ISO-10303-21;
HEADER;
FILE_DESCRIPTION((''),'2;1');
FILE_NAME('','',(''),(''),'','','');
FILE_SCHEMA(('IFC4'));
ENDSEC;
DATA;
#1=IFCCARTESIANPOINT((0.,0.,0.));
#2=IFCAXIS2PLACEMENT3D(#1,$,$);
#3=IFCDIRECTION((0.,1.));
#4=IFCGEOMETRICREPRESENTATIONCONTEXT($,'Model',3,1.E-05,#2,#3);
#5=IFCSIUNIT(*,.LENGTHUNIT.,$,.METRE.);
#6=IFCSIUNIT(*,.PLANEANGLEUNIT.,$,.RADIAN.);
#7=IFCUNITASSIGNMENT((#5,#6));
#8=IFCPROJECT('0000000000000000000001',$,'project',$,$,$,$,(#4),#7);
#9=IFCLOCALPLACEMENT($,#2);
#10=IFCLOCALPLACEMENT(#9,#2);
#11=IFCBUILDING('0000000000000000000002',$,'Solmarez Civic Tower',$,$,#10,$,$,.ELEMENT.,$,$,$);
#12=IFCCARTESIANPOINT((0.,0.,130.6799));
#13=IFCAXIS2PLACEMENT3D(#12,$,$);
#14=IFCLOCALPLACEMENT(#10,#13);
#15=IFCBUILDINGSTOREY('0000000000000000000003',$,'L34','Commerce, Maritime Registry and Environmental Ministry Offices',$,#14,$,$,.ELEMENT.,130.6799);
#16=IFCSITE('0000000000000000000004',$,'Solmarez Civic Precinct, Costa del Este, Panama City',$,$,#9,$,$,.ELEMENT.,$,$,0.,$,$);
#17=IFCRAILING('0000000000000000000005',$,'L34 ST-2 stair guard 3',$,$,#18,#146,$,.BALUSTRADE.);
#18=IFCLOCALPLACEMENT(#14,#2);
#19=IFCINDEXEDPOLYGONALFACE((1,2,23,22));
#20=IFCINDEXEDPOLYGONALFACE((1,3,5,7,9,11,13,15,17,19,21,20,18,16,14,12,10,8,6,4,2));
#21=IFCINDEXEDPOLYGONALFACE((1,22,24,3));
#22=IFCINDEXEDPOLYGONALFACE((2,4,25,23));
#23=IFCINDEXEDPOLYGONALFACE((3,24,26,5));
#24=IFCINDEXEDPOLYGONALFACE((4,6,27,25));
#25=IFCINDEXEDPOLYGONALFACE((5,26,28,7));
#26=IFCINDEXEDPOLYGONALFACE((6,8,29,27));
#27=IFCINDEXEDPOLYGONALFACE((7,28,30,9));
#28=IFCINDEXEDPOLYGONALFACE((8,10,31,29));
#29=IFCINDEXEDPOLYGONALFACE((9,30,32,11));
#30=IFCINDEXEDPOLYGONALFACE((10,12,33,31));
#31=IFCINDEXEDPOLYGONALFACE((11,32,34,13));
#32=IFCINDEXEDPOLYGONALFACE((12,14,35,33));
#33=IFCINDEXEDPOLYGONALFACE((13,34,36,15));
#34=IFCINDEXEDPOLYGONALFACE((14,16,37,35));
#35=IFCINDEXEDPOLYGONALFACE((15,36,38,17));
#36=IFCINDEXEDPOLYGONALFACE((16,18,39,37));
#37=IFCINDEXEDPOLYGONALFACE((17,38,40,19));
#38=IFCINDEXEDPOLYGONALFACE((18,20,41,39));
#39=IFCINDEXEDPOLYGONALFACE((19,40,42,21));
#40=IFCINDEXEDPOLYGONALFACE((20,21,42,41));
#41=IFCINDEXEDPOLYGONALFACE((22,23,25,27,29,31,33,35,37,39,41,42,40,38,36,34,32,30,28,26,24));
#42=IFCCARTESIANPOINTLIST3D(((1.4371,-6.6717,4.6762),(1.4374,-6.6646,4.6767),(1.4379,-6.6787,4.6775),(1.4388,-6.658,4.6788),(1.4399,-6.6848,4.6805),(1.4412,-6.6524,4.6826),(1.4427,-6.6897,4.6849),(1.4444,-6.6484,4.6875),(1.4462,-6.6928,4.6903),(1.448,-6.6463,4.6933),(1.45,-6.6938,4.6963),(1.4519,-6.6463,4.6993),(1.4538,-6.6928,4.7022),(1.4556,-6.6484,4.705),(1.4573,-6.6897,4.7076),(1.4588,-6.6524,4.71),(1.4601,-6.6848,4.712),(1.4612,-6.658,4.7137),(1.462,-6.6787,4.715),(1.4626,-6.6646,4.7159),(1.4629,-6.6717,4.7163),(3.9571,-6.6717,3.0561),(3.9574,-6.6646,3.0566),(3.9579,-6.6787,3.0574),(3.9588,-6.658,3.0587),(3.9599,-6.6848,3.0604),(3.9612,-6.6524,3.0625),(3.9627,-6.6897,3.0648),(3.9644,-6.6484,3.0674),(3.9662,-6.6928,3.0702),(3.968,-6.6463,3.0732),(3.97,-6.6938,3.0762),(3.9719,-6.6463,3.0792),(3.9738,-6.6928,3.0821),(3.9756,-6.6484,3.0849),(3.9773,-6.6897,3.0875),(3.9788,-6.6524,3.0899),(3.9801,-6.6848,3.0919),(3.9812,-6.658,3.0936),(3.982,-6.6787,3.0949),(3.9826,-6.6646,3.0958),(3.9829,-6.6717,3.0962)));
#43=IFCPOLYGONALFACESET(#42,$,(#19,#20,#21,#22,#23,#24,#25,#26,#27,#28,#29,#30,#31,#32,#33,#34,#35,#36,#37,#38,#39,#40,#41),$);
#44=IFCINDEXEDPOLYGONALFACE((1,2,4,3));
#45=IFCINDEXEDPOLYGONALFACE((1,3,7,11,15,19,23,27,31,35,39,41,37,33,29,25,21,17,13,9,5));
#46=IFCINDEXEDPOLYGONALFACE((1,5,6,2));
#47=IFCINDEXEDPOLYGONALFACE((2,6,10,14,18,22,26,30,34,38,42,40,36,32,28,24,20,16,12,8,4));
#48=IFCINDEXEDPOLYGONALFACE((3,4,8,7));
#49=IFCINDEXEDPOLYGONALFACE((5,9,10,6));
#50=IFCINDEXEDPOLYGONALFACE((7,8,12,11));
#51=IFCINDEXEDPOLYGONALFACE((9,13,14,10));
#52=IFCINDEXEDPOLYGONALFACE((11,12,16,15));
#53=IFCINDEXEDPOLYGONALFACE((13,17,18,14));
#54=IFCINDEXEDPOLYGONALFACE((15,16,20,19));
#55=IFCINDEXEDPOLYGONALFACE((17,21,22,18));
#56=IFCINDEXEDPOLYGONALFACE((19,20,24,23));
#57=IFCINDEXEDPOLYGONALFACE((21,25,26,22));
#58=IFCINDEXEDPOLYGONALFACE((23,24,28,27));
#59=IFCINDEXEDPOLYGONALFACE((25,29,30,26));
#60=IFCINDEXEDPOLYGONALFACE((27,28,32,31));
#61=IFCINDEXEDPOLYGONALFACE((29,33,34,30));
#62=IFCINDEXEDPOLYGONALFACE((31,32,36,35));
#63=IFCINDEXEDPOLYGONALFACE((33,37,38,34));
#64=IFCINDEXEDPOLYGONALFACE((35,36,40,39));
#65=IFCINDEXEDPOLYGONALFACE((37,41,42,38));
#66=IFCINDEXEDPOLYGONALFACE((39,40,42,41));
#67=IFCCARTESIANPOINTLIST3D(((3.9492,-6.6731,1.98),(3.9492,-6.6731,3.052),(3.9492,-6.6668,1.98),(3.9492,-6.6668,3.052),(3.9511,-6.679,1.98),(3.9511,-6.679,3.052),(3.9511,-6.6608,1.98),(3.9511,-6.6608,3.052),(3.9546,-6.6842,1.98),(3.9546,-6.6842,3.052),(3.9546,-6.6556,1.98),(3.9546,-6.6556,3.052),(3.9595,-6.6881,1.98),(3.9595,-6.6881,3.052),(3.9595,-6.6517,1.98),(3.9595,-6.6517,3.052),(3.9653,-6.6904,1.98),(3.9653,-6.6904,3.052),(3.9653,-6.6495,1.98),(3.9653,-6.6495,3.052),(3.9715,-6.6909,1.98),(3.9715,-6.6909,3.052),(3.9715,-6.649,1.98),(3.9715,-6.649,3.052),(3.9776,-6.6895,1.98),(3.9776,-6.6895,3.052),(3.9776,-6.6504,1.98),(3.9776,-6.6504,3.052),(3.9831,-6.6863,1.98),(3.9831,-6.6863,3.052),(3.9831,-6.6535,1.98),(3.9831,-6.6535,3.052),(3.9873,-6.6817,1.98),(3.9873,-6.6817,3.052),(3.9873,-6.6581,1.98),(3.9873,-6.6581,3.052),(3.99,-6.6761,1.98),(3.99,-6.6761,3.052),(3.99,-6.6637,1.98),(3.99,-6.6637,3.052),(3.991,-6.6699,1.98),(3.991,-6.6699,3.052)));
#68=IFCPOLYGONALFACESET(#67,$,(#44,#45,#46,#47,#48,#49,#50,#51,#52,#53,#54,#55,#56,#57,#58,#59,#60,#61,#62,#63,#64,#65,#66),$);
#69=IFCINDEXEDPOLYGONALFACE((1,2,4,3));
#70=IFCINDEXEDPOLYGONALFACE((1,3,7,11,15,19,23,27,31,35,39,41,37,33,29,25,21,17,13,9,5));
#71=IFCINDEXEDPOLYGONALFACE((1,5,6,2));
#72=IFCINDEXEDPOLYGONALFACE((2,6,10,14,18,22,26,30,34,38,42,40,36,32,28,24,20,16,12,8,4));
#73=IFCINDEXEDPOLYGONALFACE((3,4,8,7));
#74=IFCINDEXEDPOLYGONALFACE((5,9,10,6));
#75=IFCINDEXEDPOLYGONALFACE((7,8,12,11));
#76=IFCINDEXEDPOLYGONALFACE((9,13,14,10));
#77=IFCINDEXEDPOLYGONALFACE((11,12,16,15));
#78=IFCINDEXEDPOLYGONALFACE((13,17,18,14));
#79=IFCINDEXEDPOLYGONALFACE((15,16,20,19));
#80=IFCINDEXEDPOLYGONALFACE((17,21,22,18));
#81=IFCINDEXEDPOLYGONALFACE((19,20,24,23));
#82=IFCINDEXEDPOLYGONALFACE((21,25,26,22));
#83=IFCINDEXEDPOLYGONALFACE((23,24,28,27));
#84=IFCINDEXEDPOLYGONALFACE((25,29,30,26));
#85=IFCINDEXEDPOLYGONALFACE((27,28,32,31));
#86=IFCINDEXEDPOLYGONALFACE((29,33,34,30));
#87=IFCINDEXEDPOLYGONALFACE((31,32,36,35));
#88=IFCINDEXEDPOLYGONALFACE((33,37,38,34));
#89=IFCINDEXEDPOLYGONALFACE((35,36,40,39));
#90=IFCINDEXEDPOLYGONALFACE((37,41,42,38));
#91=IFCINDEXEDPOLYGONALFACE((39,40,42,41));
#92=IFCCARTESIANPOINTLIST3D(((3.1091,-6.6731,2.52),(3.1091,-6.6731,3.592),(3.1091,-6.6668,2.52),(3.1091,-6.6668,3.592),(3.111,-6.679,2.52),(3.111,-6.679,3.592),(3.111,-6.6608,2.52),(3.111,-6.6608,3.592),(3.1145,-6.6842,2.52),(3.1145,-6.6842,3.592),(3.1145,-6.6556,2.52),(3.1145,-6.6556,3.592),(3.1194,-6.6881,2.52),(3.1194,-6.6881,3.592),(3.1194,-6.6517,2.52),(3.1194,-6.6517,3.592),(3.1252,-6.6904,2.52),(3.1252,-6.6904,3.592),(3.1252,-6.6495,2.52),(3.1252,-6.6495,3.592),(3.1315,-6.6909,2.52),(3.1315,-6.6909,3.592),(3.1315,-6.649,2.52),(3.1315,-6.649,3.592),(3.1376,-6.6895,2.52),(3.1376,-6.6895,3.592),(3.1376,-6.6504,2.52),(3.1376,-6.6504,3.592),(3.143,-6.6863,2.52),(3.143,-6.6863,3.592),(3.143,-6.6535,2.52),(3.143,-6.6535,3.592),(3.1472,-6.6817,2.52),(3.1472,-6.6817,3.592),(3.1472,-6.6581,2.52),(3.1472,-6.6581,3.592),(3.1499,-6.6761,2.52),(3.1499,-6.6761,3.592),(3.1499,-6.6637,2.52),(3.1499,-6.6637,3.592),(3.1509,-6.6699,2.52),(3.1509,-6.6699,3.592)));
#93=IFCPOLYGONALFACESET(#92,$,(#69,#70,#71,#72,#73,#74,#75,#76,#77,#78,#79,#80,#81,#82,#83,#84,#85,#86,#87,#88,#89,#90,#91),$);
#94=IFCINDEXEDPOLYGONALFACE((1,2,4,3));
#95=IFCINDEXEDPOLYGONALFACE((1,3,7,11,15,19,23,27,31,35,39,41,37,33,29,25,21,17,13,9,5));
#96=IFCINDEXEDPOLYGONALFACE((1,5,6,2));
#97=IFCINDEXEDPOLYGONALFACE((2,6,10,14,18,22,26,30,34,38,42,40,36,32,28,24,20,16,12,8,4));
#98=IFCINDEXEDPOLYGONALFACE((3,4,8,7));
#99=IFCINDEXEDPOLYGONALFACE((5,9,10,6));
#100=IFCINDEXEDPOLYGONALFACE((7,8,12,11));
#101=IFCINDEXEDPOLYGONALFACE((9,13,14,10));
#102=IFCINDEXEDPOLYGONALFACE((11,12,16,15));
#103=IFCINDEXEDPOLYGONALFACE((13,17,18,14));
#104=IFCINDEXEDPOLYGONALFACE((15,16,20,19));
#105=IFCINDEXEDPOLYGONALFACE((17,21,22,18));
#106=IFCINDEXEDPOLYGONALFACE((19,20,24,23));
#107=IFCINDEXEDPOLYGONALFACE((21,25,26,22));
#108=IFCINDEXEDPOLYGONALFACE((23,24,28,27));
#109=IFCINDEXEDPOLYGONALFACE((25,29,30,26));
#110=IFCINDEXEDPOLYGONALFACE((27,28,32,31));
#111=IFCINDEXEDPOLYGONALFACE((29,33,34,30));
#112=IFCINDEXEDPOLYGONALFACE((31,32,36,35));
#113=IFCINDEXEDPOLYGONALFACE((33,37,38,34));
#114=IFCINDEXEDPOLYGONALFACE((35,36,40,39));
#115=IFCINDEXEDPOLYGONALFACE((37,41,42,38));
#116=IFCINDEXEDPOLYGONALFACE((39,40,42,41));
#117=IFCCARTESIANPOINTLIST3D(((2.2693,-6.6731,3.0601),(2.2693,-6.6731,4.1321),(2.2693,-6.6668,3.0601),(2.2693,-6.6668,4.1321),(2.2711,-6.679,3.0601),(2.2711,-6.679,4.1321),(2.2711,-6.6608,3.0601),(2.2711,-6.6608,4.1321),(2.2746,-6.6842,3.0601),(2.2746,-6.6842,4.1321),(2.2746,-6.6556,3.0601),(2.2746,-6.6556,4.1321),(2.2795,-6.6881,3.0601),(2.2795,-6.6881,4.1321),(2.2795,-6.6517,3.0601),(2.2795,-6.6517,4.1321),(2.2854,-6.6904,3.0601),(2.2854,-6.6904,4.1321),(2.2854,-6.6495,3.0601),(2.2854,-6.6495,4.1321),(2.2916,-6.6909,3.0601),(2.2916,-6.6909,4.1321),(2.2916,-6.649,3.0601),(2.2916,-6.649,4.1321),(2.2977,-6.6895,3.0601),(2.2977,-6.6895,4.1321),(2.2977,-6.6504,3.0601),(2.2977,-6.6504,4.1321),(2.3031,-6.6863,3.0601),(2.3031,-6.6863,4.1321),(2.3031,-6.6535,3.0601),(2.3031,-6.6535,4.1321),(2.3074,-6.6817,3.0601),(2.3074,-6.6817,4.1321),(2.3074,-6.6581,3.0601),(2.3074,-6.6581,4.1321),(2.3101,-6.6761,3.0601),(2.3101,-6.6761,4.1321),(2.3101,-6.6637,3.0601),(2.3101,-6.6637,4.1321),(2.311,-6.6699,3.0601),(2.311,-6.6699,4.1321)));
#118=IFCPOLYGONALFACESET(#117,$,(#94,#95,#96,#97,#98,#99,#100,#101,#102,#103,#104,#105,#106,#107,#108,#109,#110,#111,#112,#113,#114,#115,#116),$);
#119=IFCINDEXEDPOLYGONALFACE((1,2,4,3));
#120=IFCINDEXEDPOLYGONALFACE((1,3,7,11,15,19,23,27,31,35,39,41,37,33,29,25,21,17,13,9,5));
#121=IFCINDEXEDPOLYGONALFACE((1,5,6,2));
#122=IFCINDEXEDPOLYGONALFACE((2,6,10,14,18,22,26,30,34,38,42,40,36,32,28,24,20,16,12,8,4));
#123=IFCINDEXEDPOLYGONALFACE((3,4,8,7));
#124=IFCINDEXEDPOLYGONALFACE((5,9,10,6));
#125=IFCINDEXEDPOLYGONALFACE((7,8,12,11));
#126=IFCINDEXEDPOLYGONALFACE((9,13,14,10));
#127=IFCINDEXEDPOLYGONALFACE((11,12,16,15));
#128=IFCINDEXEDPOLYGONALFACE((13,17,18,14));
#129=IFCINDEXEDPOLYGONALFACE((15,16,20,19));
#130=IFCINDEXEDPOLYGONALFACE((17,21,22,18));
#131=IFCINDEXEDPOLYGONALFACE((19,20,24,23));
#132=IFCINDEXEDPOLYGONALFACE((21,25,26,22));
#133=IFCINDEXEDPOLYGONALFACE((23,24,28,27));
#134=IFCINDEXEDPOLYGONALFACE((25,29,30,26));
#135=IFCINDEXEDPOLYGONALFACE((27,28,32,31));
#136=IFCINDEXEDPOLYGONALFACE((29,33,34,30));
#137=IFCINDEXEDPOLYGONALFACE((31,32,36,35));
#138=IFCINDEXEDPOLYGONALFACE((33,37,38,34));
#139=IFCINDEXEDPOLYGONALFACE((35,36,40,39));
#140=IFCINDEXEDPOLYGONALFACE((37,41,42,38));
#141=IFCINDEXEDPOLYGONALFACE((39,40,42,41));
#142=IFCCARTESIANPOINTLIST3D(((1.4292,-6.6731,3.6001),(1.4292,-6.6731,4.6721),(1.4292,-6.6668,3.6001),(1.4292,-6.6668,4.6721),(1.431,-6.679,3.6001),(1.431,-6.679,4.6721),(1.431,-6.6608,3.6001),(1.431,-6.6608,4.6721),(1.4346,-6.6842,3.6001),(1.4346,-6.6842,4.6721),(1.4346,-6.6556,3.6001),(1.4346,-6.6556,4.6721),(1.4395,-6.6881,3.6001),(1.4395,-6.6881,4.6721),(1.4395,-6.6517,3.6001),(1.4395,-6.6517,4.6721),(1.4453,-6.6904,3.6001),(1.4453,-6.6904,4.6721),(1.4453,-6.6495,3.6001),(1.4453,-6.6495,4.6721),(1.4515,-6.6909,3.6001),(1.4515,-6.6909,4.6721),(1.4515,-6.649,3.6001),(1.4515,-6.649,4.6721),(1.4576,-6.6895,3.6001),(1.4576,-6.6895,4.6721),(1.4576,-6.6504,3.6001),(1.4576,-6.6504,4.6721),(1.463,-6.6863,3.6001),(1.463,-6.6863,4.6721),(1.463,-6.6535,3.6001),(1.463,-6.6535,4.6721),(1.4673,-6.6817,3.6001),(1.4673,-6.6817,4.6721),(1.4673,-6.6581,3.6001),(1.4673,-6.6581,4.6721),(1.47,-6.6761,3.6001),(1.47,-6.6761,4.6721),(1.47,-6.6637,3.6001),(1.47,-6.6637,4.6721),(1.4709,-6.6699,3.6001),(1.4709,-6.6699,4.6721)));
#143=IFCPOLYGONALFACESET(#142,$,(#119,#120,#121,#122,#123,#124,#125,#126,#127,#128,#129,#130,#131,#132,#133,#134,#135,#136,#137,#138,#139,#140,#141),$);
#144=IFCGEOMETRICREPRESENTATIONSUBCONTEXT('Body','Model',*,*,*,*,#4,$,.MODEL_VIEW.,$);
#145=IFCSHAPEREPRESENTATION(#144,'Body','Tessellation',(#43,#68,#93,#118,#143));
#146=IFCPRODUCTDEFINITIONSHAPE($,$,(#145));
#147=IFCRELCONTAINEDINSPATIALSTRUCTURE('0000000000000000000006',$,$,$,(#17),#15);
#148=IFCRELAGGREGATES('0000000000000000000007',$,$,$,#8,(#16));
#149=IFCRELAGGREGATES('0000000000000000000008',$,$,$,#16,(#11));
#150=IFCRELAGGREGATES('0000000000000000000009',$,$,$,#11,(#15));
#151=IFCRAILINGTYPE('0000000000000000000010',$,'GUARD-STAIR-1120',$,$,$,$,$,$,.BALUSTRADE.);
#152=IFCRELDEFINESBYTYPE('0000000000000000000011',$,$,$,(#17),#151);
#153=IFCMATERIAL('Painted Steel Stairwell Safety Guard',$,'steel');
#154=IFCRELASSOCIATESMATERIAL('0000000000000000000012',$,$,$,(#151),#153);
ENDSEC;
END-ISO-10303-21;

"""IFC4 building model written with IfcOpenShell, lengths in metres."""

from ifc_helpers import new_model, si_unit, direction, frame, origin, origin_2d, place, context, subcontext, project, spatial, circle, extrude, material, type_object, element, save


model = new_model("IFC4")

# Units and contexts
model_context = context("Model", 3, precision=1e-05, world=origin(), true_north=direction((0.0, 1.0)))
body_context = subcontext(model_context, "Body", "Model", "MODEL_VIEW")
ifc_project = project(units=[si_unit("LENGTHUNIT", "METRE"), si_unit("PLANEANGLEUNIT", "RADIAN")], contexts=[model_context])

# Site, building, storey
site_placement = place(None, origin())
site = spatial("IfcSite", under=ifc_project, at=site_placement, Name="Solmarez Civic Precinct, Costa del Este, Panama City", CompositionType="ELEMENT", RefElevation=0.0)
building_placement = place(site_placement, origin())
building = spatial("IfcBuilding", under=site, at=building_placement, Name="Solmarez Civic Tower", CompositionType="ELEMENT")
storey_placement = place(building_placement, frame((0.0, 0.0, 130.6799)))
storey = spatial("IfcBuildingStorey", under=building, at=storey_placement, Name="L34", Description="Commerce, Maritime Registry and Environmental Ministry Offices", CompositionType="ELEMENT", Elevation=130.6799)

# Railing
ifc_material_1 = material(Name="Painted Steel Stairwell Safety Guard", Category="steel")
railing_type_1 = type_object("IfcRailingType", Name="GUARD-STAIR-1120", PredefinedType="BALUSTRADE", material=ifc_material_1)
railing_1_placement = place(storey_placement, frame((3.97, -6.6699, 1.98)))
element("IfcRailing", 1, at=railing_1_placement, inside=storey, type_object=railing_type_1, Name="L34 ST-2 stair guard 3", PredefinedType="BALUSTRADE", context=body_context, shape_type="SweptSolid", body=[
    extrude(circle(Radius=0.0239, at=origin_2d()), frame((0.0, 0.0, 1.0962), z_axis=(-0.841163, 0.0, 0.540782), x_axis=(0.0, -1.0, 0.0)), (0.0, 0.0, 1.0), 2.9958),
    extrude(circle(Radius=0.021, at=origin_2d()), origin(), (0.0, 0.0, 1.0), 1.072),
    extrude(circle(Radius=0.021, at=origin_2d()), frame((-0.8401, 0.0, 0.54)), (0.0, 0.0, 1.0), 1.072),
    extrude(circle(Radius=0.021, at=origin_2d()), frame((-1.6799, 0.0, 1.0801)), (0.0, 0.0, 1.0), 1.072),
    extrude(circle(Radius=0.021, at=origin_2d()), frame((-2.52, 0.0, 1.6201)), (0.0, 0.0, 1.0), 1.072),
])

save(model, "model.ifc")
